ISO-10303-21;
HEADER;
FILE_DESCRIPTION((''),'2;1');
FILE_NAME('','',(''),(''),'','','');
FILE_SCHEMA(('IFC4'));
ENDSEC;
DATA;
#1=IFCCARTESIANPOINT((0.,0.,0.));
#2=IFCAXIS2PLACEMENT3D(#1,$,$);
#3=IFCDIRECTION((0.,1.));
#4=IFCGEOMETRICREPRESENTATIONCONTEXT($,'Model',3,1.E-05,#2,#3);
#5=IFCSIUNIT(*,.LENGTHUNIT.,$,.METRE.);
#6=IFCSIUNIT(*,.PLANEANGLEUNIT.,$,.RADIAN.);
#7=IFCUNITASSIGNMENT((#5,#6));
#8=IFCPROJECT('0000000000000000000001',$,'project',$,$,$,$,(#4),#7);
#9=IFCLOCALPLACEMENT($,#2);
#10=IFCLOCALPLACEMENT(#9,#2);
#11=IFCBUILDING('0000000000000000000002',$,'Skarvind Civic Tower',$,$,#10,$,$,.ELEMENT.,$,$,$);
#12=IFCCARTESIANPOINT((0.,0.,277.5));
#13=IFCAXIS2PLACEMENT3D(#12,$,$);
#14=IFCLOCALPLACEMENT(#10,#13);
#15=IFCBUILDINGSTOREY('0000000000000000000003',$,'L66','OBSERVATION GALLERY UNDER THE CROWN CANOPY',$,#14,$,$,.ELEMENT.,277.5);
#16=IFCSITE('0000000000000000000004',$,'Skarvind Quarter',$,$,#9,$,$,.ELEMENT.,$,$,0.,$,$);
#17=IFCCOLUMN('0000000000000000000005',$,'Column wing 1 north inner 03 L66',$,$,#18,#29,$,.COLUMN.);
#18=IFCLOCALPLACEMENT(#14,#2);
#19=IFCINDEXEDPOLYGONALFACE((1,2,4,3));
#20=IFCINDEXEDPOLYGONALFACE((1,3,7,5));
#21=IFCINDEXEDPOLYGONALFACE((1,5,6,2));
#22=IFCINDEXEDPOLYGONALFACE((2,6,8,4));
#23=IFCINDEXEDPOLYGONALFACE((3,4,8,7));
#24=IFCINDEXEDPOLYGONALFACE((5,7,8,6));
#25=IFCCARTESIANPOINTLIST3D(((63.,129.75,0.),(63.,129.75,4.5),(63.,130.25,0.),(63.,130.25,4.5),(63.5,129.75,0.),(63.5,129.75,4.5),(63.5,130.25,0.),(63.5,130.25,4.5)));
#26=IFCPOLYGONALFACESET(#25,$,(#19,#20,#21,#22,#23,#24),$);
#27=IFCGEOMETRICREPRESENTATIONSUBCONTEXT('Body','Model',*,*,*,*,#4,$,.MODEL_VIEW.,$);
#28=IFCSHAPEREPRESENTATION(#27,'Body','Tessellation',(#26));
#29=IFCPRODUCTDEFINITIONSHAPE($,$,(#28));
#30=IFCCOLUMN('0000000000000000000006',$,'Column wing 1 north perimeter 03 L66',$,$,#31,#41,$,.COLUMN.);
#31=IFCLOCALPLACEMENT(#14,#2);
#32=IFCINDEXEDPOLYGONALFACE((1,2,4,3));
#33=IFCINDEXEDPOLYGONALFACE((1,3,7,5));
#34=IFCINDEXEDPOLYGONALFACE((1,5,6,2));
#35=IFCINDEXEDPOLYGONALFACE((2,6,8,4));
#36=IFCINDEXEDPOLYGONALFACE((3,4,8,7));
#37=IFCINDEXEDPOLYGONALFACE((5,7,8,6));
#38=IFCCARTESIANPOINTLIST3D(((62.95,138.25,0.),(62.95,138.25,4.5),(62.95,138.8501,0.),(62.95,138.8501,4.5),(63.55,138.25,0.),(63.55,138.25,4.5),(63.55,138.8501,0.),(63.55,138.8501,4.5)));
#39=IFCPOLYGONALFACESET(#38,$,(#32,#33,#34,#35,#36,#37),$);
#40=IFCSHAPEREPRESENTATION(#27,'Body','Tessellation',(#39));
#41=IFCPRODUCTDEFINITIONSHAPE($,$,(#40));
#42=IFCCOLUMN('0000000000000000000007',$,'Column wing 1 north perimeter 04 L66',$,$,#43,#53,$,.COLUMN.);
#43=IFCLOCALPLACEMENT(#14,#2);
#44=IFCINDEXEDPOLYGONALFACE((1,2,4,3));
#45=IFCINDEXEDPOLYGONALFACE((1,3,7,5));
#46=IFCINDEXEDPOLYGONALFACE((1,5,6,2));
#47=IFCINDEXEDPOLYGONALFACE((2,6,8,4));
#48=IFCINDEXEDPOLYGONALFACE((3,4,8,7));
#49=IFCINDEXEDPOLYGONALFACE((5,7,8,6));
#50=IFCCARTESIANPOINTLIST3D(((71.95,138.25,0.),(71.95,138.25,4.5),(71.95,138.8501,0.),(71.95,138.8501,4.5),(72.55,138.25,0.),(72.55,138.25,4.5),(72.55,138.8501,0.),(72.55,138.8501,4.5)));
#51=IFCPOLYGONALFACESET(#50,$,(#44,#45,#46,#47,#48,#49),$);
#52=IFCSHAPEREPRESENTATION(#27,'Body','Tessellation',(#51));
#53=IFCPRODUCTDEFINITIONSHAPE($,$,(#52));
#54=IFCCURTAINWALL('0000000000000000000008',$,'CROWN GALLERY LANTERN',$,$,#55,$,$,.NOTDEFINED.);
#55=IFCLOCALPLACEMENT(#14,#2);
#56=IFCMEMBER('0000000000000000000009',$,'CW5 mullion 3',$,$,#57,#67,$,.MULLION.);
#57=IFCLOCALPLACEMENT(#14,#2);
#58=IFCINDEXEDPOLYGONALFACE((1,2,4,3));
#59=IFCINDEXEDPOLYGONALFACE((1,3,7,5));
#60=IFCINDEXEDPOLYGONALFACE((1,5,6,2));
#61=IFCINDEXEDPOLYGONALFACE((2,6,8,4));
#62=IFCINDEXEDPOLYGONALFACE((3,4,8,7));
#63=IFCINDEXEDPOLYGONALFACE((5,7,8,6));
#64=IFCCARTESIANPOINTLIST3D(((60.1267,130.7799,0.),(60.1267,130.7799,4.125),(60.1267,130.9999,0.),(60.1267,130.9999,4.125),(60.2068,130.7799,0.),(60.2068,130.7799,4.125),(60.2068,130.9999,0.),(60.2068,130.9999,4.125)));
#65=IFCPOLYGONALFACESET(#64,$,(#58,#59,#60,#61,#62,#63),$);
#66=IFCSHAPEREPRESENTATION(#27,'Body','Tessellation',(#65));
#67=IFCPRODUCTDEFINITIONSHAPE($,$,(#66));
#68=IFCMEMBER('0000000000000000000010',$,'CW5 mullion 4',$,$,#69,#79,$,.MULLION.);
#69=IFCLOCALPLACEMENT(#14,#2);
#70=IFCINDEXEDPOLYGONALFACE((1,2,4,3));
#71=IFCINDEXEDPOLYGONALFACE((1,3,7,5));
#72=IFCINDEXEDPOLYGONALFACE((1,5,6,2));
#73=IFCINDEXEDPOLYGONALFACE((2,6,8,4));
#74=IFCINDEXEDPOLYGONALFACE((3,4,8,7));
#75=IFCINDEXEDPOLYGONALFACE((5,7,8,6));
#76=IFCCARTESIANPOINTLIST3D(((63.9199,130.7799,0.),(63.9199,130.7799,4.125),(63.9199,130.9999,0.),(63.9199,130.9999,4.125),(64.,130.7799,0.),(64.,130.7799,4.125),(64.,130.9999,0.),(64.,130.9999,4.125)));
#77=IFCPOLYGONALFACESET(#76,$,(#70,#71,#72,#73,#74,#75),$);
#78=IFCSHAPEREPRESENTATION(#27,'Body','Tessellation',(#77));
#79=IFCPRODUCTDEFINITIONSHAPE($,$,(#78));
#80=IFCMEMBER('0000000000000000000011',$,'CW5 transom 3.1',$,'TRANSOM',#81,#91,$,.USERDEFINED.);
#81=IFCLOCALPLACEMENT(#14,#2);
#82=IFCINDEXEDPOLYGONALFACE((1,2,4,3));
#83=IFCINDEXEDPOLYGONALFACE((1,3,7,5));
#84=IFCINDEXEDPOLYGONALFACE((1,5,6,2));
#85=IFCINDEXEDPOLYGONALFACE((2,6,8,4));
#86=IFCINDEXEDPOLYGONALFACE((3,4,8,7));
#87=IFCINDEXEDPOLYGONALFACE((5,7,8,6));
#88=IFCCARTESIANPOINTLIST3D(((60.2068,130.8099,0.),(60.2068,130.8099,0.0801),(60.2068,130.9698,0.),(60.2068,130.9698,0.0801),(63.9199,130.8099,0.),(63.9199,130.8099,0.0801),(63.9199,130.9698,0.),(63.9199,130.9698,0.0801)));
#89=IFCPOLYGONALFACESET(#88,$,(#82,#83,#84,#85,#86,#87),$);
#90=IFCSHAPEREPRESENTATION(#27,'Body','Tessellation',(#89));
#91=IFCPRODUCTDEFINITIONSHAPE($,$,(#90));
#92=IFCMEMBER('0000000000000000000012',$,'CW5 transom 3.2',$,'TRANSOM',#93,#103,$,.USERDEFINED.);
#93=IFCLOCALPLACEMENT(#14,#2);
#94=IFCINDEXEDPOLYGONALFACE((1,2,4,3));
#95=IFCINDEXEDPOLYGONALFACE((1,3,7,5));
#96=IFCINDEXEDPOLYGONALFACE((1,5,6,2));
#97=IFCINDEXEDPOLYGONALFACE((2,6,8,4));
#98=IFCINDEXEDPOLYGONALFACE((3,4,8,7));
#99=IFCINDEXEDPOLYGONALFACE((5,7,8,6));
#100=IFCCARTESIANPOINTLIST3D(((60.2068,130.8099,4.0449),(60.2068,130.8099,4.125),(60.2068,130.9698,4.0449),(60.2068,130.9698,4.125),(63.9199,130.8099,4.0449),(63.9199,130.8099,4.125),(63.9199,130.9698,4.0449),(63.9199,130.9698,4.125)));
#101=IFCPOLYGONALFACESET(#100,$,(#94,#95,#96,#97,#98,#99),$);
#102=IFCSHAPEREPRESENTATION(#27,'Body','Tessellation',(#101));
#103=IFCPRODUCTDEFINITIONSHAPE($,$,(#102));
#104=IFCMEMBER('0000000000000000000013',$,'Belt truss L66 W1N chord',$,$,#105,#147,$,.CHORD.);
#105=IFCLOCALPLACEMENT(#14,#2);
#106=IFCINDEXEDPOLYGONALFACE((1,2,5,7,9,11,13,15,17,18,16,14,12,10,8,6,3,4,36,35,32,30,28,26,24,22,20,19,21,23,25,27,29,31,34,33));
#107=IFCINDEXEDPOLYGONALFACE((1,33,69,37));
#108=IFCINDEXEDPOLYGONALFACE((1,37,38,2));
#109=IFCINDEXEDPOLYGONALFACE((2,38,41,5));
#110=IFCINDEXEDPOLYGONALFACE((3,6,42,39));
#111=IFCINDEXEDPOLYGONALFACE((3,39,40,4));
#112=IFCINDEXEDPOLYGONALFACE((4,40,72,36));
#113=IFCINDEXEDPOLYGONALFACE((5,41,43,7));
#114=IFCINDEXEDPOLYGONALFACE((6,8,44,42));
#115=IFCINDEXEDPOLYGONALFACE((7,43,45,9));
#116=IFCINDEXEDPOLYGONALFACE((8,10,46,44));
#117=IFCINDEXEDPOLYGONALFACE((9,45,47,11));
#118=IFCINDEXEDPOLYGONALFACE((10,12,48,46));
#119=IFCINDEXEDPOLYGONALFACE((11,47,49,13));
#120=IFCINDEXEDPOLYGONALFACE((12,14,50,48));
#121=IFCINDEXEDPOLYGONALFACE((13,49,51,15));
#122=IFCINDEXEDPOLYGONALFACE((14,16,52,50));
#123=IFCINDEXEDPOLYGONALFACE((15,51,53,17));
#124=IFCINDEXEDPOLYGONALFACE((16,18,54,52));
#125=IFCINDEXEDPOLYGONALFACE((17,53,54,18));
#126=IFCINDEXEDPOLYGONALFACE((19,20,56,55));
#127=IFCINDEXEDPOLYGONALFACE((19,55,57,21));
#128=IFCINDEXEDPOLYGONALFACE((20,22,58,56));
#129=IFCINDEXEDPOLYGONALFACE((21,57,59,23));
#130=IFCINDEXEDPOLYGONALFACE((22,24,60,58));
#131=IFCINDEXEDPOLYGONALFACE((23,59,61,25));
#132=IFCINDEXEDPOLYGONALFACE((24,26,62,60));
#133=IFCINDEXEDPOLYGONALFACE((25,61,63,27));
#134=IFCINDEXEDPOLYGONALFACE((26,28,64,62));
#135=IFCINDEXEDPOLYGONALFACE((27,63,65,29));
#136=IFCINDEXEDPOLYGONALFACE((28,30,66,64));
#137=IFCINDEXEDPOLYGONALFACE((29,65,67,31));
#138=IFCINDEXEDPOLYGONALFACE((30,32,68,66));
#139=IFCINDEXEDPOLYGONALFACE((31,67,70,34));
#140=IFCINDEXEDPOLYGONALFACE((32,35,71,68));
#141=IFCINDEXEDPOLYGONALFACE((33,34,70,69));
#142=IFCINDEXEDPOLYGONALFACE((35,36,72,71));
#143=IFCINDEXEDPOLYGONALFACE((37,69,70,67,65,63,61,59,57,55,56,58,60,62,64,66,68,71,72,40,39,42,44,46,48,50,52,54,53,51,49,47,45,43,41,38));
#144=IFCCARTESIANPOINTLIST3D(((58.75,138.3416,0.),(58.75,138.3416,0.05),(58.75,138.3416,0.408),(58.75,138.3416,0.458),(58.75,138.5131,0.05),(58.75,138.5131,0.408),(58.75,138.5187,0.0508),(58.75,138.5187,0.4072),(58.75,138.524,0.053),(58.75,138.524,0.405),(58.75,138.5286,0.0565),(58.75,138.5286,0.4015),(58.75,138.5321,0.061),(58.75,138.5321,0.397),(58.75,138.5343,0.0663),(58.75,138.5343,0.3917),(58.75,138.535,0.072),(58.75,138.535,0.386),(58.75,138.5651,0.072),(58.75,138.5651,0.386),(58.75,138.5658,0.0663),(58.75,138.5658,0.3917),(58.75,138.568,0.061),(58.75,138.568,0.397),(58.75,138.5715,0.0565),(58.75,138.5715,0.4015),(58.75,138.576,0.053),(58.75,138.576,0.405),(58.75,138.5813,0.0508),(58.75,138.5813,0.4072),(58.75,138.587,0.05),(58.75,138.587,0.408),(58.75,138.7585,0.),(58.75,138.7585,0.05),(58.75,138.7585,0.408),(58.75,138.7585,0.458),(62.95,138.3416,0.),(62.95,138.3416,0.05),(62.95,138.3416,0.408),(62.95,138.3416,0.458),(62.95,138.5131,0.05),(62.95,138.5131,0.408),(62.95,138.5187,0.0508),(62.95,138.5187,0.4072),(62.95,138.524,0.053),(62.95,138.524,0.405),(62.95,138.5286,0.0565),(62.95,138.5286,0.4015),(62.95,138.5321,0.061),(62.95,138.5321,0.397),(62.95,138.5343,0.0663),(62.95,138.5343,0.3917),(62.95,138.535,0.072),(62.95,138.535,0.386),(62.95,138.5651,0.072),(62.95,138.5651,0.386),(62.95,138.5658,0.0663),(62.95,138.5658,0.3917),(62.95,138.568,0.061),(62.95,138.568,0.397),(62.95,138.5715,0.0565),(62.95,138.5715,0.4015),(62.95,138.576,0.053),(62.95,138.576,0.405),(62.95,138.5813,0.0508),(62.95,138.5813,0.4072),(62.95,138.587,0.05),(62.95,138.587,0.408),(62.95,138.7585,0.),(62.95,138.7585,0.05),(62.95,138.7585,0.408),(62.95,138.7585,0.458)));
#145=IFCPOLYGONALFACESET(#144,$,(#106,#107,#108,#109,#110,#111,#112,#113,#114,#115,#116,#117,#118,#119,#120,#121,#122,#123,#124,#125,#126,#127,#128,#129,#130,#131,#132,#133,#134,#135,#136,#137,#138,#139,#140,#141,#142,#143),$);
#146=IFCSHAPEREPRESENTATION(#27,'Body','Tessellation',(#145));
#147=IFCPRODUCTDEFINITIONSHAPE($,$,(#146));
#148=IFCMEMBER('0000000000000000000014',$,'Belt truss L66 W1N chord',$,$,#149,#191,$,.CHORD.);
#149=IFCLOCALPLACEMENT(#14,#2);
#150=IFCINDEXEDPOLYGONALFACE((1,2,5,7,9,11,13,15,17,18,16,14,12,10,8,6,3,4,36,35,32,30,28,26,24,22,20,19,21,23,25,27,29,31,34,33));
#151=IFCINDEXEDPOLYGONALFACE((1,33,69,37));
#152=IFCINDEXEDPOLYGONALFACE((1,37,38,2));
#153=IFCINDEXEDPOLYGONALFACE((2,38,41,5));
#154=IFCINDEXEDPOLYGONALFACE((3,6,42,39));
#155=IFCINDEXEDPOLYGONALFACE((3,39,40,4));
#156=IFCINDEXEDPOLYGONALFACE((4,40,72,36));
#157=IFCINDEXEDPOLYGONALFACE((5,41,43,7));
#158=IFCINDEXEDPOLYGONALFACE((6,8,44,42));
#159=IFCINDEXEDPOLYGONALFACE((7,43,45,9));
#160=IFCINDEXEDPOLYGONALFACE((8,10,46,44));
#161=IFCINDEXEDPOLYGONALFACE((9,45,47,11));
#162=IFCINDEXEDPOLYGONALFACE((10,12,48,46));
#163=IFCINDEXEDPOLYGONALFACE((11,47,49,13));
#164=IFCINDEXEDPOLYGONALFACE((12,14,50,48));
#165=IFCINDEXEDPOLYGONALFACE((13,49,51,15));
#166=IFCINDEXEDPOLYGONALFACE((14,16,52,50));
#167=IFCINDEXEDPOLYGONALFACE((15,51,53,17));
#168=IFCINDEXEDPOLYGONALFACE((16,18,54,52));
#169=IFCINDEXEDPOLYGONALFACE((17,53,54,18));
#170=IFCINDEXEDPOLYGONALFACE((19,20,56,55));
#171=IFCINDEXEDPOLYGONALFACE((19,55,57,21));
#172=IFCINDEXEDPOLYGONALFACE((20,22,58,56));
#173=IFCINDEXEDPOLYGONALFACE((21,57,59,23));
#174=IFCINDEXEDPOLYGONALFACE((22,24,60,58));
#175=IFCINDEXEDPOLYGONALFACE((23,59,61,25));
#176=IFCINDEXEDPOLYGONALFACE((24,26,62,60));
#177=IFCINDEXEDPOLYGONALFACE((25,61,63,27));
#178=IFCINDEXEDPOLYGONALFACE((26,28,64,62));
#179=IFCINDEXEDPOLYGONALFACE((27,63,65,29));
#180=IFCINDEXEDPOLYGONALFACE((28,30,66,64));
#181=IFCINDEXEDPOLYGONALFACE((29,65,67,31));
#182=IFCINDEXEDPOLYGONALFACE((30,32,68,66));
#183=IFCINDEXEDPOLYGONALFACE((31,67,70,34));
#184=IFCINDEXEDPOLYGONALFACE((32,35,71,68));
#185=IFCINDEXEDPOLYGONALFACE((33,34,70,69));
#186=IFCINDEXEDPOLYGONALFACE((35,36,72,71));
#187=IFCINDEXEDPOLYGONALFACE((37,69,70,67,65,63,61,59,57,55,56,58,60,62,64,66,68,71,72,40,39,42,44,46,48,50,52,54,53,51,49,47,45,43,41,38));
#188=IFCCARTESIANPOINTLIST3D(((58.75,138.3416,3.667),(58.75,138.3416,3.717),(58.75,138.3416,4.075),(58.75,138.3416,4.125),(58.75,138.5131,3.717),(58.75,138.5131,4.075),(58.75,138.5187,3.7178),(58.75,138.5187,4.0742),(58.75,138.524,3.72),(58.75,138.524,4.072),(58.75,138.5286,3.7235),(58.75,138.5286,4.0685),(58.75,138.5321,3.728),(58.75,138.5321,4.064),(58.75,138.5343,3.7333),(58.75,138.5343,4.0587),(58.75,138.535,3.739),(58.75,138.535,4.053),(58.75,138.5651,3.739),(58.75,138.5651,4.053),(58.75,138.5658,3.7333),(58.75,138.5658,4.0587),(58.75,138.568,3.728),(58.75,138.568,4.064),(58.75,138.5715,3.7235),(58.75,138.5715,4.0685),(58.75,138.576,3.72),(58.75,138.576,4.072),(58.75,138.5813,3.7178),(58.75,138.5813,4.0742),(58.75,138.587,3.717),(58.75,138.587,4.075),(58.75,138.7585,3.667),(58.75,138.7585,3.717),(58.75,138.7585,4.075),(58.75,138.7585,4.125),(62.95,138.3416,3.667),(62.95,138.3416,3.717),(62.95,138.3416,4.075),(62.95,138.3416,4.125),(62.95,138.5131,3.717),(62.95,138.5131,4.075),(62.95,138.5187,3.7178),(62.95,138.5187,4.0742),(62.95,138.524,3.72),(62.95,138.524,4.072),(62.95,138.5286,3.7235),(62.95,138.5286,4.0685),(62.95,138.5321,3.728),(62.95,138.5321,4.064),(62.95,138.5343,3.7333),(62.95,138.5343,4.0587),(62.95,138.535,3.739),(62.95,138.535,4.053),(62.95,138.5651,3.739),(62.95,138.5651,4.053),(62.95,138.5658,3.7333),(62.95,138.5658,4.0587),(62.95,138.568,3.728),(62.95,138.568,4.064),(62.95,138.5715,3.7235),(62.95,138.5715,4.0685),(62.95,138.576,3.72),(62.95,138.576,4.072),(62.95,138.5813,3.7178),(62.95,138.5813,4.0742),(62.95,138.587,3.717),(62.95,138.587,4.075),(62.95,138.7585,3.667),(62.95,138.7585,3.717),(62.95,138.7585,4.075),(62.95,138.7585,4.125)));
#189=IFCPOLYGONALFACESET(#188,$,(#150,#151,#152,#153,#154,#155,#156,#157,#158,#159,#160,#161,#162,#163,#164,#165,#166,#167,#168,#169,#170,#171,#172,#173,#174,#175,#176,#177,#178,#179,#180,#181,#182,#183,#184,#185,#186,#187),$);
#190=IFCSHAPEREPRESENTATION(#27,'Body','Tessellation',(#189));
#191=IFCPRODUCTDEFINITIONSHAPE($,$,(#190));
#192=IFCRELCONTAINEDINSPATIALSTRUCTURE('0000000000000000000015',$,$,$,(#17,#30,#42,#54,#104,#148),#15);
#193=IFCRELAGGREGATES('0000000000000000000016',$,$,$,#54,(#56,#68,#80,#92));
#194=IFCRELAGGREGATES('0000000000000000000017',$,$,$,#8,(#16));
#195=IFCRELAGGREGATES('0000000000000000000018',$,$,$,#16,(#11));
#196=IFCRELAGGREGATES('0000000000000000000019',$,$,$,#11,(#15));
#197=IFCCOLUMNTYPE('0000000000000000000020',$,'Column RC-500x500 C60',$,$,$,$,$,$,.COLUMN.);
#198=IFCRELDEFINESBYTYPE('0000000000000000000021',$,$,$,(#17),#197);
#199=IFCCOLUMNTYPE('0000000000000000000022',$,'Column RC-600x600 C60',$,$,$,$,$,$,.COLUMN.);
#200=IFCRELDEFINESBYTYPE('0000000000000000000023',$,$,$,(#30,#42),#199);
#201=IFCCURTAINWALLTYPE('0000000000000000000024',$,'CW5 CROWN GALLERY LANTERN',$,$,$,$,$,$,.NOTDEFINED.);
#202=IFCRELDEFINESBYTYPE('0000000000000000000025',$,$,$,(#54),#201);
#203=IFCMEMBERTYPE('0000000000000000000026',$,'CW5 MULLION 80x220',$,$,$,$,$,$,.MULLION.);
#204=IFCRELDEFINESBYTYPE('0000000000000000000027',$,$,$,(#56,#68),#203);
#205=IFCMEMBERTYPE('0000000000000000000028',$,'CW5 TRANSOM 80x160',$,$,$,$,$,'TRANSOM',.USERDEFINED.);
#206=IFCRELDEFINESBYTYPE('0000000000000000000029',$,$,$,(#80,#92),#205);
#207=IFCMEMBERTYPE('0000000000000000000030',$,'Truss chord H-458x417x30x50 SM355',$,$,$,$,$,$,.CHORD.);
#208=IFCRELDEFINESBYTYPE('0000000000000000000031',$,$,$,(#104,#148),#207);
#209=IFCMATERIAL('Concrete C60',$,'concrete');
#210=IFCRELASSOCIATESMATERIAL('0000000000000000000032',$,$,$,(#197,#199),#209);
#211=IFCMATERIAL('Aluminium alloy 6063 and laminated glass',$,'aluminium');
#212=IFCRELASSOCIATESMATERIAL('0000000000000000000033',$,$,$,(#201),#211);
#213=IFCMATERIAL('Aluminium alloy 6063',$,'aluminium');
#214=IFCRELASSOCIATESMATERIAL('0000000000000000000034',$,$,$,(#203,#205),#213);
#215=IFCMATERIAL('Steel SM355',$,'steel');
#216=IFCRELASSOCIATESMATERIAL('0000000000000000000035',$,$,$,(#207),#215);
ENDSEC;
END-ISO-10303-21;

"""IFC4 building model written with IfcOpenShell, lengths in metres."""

from ifc_helpers import new_model, si_unit, direction, frame, origin, origin_2d, place, context, subcontext, project, spatial, rectangle, i_section, extrude, material, material_profile, profile_set, type_object, element, aggregate, save


model = new_model("IFC4")

# Units and contexts
model_context = context("Model", 3, precision=1e-05, world=origin(), true_north=direction((0.0, 1.0)))
body_context = subcontext(model_context, "Body", "Model", "MODEL_VIEW")
ifc_project = project(units=[si_unit("LENGTHUNIT", "METRE"), si_unit("PLANEANGLEUNIT", "RADIAN")], contexts=[model_context])

# Site, building, storey
site_placement = place(None, origin())
site = spatial("IfcSite", under=ifc_project, at=site_placement, Name="Skarvind Quarter", CompositionType="ELEMENT", RefElevation=0.0)
building_placement = place(site_placement, origin())
building = spatial("IfcBuilding", under=site, at=building_placement, Name="Skarvind Civic Tower", CompositionType="ELEMENT")
storey_placement = place(building_placement, frame((0.0, 0.0, 277.5)))
storey = spatial("IfcBuildingStorey", under=building, at=storey_placement, Name="L66", Description="OBSERVATION GALLERY UNDER THE CROWN CANOPY", CompositionType="ELEMENT", Elevation=277.5)

# Columns
ifc_material_1 = material(Name="Concrete C60", Category="concrete")
ifc_material_profile_1 = material_profile(ifc_material_1, rectangle(XDim=0.5, YDim=0.5, at=origin_2d()), Name="RC-500x500")
ifc_profile_set_1 = profile_set([ifc_material_profile_1], Name="Concrete C60")
column_type_1 = type_object("IfcColumnType", Name="Column RC-500x500 C60", PredefinedType="COLUMN", material=ifc_profile_set_1)
column_placement = place(storey_placement, frame((63.25, 130.0, 0.0), z_axis=(0.0, 0.0, 1.0), x_axis=(1.0, 0.0, 0.0)))
element("IfcColumn", 1, at=column_placement, inside=storey, type_object=column_type_1, Name="Column wing 1 north inner 03 L66", PredefinedType="COLUMN", context=body_context, shape_type="SweptSolid", body=[
    extrude(rectangle(XDim=0.5, YDim=0.5, at=origin_2d()), origin(), (0.0, 0.0, 1.0), 4.5),
])
ifc_material_profile_2 = material_profile(ifc_material_1, rectangle(XDim=0.6001, YDim=0.6001, at=origin_2d()), Name="RC-600x600")
ifc_profile_set_2 = profile_set([ifc_material_profile_2], Name="Concrete C60")
column_type_2 = type_object("IfcColumnType", Name="Column RC-600x600 C60", PredefinedType="COLUMN", material=ifc_profile_set_2)
for number, where, z_axis, x_axis, name in (
    (2, (63.25, 138.55, 0.0), (0.0, 0.0, 1.0), (1.0, 0.0, 0.0), "Column wing 1 north perimeter 03 L66"),
    (3, (72.25, 138.55, 0.0), (0.0, 0.0, 1.0), (1.0, 0.0, 0.0), "Column wing 1 north perimeter 04 L66"),
):
    element("IfcColumn", number, at=place(storey_placement, frame(where, z_axis=z_axis, x_axis=x_axis)), inside=storey, type_object=column_type_2, Name=name, PredefinedType="COLUMN", context=body_context, shape_type="SweptSolid", body=[
        extrude(rectangle(XDim=0.6001, YDim=0.6001, at=origin_2d()), origin(), (0.0, 0.0, 1.0), 4.5),
    ])

# Curtain wall, members
ifc_material_2 = material(Name="Aluminium alloy 6063 and laminated glass", Category="aluminium")
curtain_wall_type = type_object("IfcCurtainWallType", Name="CW5 CROWN GALLERY LANTERN", PredefinedType="NOTDEFINED", material=ifc_material_2)
curtain_wall_placement = place(storey_placement, origin())
curtain_wall = element("IfcCurtainWall", 4, at=curtain_wall_placement, inside=storey, type_object=curtain_wall_type, Name="CROWN GALLERY LANTERN", PredefinedType="NOTDEFINED")
ifc_material_3 = material(Name="Aluminium alloy 6063", Category="aluminium")
ifc_material_profile_3 = material_profile(ifc_material_3, rectangle(XDim=0.22, YDim=0.0801, at=origin_2d()), Name="AL 80x220")
ifc_profile_set_3 = profile_set([ifc_material_profile_3], Name="Aluminium alloy 6063")
member_type_1 = type_object("IfcMemberType", Name="CW5 MULLION 80x220", PredefinedType="MULLION", material=ifc_profile_set_3)
member_1_placement = place(storey_placement, frame((60.1667, 130.8899, 0.0), z_axis=(0.0, 0.0, 1.0), x_axis=(0.0, 1.0, 0.0)))
member_1 = element("IfcMember", 5, at=member_1_placement, type_object=member_type_1, Name="CW5 mullion 3", PredefinedType="MULLION", context=body_context, shape_type="SweptSolid", body=[
    extrude(rectangle(XDim=0.22, YDim=0.0801, at=origin_2d()), origin(), (0.0, 0.0, 1.0), 4.125),
])
member_2_placement = place(storey_placement, frame((63.96, 130.8899, 0.0), z_axis=(0.0, 0.0, 1.0), x_axis=(0.0, 1.0, 0.0)))
member_2 = element("IfcMember", 6, at=member_2_placement, type_object=member_type_1, Name="CW5 mullion 4", PredefinedType="MULLION", context=body_context, shape_type="SweptSolid", body=[
    extrude(rectangle(XDim=0.22, YDim=0.0801, at=origin_2d()), origin(), (0.0, 0.0, 1.0), 4.125),
])
ifc_material_profile_4 = material_profile(ifc_material_3, rectangle(XDim=0.1599, YDim=0.0801, at=origin_2d()), Name="AL 80x160")
ifc_profile_set_4 = profile_set([ifc_material_profile_4], Name="Aluminium alloy 6063")
member_type_2 = type_object("IfcMemberType", Name="CW5 TRANSOM 80x160", ElementType="TRANSOM", PredefinedType="USERDEFINED", material=ifc_profile_set_4)
member_3_placement = place(storey_placement, frame((60.2068, 130.8899, 0.04), z_axis=(1.0, 0.0, 0.0), x_axis=(0.0, 1.0, 0.0)))
member_3 = element("IfcMember", 7, at=member_3_placement, type_object=member_type_2, Name="CW5 transom 3.1", ObjectType="TRANSOM", PredefinedType="USERDEFINED", context=body_context, shape_type="SweptSolid", body=[
    extrude(rectangle(XDim=0.1599, YDim=0.0801, at=origin_2d()), origin(), (0.0, 0.0, 1.0), 3.7131),
])
member_4_placement = place(storey_placement, frame((60.2068, 130.8899, 4.085), z_axis=(1.0, 0.0, 0.0), x_axis=(0.0, 1.0, 0.0)))
member_4 = element("IfcMember", 8, at=member_4_placement, type_object=member_type_2, Name="CW5 transom 3.2", ObjectType="TRANSOM", PredefinedType="USERDEFINED", context=body_context, shape_type="SweptSolid", body=[
    extrude(rectangle(XDim=0.1599, YDim=0.0801, at=origin_2d()), origin(), (0.0, 0.0, 1.0), 3.7131),
])

# Members
ifc_material_4 = material(Name="Steel SM355", Category="steel")
ifc_material_profile_5 = material_profile(ifc_material_4, i_section(OverallWidth=0.417, OverallDepth=0.458, WebThickness=0.03, FlangeThickness=0.05, FilletRadius=0.022, at=origin_2d()), Name="H-458x417x30x50")
ifc_profile_set_5 = profile_set([ifc_material_profile_5], Name="Steel SM355")
member_type_3 = type_object("IfcMemberType", Name="Truss chord H-458x417x30x50 SM355", PredefinedType="CHORD", material=ifc_profile_set_5)
for number, where, z_axis, x_axis, name in (
    (9, (58.75, 138.55, 0.229), (1.0, 0.0, 0.0), (0.0, 1.0, 0.0), "Belt truss L66 W1N chord"),
    (10, (58.75, 138.55, 3.896), (1.0, 0.0, 0.0), (0.0, 1.0, 0.0), "Belt truss L66 W1N chord"),
):
    element("IfcMember", number, at=place(storey_placement, frame(where, z_axis=z_axis, x_axis=x_axis)), inside=storey, type_object=member_type_3, Name=name, PredefinedType="CHORD", context=body_context, shape_type="SweptSolid", body=[
        extrude(i_section(OverallWidth=0.417, OverallDepth=0.458, WebThickness=0.03, FlangeThickness=0.05, FilletRadius=0.022, at=origin_2d()), origin(), (0.0, 0.0, 1.0), 4.2),
    ])

aggregate(curtain_wall, [member_1, member_2, member_3, member_4])

save(model, "model.ifc")
